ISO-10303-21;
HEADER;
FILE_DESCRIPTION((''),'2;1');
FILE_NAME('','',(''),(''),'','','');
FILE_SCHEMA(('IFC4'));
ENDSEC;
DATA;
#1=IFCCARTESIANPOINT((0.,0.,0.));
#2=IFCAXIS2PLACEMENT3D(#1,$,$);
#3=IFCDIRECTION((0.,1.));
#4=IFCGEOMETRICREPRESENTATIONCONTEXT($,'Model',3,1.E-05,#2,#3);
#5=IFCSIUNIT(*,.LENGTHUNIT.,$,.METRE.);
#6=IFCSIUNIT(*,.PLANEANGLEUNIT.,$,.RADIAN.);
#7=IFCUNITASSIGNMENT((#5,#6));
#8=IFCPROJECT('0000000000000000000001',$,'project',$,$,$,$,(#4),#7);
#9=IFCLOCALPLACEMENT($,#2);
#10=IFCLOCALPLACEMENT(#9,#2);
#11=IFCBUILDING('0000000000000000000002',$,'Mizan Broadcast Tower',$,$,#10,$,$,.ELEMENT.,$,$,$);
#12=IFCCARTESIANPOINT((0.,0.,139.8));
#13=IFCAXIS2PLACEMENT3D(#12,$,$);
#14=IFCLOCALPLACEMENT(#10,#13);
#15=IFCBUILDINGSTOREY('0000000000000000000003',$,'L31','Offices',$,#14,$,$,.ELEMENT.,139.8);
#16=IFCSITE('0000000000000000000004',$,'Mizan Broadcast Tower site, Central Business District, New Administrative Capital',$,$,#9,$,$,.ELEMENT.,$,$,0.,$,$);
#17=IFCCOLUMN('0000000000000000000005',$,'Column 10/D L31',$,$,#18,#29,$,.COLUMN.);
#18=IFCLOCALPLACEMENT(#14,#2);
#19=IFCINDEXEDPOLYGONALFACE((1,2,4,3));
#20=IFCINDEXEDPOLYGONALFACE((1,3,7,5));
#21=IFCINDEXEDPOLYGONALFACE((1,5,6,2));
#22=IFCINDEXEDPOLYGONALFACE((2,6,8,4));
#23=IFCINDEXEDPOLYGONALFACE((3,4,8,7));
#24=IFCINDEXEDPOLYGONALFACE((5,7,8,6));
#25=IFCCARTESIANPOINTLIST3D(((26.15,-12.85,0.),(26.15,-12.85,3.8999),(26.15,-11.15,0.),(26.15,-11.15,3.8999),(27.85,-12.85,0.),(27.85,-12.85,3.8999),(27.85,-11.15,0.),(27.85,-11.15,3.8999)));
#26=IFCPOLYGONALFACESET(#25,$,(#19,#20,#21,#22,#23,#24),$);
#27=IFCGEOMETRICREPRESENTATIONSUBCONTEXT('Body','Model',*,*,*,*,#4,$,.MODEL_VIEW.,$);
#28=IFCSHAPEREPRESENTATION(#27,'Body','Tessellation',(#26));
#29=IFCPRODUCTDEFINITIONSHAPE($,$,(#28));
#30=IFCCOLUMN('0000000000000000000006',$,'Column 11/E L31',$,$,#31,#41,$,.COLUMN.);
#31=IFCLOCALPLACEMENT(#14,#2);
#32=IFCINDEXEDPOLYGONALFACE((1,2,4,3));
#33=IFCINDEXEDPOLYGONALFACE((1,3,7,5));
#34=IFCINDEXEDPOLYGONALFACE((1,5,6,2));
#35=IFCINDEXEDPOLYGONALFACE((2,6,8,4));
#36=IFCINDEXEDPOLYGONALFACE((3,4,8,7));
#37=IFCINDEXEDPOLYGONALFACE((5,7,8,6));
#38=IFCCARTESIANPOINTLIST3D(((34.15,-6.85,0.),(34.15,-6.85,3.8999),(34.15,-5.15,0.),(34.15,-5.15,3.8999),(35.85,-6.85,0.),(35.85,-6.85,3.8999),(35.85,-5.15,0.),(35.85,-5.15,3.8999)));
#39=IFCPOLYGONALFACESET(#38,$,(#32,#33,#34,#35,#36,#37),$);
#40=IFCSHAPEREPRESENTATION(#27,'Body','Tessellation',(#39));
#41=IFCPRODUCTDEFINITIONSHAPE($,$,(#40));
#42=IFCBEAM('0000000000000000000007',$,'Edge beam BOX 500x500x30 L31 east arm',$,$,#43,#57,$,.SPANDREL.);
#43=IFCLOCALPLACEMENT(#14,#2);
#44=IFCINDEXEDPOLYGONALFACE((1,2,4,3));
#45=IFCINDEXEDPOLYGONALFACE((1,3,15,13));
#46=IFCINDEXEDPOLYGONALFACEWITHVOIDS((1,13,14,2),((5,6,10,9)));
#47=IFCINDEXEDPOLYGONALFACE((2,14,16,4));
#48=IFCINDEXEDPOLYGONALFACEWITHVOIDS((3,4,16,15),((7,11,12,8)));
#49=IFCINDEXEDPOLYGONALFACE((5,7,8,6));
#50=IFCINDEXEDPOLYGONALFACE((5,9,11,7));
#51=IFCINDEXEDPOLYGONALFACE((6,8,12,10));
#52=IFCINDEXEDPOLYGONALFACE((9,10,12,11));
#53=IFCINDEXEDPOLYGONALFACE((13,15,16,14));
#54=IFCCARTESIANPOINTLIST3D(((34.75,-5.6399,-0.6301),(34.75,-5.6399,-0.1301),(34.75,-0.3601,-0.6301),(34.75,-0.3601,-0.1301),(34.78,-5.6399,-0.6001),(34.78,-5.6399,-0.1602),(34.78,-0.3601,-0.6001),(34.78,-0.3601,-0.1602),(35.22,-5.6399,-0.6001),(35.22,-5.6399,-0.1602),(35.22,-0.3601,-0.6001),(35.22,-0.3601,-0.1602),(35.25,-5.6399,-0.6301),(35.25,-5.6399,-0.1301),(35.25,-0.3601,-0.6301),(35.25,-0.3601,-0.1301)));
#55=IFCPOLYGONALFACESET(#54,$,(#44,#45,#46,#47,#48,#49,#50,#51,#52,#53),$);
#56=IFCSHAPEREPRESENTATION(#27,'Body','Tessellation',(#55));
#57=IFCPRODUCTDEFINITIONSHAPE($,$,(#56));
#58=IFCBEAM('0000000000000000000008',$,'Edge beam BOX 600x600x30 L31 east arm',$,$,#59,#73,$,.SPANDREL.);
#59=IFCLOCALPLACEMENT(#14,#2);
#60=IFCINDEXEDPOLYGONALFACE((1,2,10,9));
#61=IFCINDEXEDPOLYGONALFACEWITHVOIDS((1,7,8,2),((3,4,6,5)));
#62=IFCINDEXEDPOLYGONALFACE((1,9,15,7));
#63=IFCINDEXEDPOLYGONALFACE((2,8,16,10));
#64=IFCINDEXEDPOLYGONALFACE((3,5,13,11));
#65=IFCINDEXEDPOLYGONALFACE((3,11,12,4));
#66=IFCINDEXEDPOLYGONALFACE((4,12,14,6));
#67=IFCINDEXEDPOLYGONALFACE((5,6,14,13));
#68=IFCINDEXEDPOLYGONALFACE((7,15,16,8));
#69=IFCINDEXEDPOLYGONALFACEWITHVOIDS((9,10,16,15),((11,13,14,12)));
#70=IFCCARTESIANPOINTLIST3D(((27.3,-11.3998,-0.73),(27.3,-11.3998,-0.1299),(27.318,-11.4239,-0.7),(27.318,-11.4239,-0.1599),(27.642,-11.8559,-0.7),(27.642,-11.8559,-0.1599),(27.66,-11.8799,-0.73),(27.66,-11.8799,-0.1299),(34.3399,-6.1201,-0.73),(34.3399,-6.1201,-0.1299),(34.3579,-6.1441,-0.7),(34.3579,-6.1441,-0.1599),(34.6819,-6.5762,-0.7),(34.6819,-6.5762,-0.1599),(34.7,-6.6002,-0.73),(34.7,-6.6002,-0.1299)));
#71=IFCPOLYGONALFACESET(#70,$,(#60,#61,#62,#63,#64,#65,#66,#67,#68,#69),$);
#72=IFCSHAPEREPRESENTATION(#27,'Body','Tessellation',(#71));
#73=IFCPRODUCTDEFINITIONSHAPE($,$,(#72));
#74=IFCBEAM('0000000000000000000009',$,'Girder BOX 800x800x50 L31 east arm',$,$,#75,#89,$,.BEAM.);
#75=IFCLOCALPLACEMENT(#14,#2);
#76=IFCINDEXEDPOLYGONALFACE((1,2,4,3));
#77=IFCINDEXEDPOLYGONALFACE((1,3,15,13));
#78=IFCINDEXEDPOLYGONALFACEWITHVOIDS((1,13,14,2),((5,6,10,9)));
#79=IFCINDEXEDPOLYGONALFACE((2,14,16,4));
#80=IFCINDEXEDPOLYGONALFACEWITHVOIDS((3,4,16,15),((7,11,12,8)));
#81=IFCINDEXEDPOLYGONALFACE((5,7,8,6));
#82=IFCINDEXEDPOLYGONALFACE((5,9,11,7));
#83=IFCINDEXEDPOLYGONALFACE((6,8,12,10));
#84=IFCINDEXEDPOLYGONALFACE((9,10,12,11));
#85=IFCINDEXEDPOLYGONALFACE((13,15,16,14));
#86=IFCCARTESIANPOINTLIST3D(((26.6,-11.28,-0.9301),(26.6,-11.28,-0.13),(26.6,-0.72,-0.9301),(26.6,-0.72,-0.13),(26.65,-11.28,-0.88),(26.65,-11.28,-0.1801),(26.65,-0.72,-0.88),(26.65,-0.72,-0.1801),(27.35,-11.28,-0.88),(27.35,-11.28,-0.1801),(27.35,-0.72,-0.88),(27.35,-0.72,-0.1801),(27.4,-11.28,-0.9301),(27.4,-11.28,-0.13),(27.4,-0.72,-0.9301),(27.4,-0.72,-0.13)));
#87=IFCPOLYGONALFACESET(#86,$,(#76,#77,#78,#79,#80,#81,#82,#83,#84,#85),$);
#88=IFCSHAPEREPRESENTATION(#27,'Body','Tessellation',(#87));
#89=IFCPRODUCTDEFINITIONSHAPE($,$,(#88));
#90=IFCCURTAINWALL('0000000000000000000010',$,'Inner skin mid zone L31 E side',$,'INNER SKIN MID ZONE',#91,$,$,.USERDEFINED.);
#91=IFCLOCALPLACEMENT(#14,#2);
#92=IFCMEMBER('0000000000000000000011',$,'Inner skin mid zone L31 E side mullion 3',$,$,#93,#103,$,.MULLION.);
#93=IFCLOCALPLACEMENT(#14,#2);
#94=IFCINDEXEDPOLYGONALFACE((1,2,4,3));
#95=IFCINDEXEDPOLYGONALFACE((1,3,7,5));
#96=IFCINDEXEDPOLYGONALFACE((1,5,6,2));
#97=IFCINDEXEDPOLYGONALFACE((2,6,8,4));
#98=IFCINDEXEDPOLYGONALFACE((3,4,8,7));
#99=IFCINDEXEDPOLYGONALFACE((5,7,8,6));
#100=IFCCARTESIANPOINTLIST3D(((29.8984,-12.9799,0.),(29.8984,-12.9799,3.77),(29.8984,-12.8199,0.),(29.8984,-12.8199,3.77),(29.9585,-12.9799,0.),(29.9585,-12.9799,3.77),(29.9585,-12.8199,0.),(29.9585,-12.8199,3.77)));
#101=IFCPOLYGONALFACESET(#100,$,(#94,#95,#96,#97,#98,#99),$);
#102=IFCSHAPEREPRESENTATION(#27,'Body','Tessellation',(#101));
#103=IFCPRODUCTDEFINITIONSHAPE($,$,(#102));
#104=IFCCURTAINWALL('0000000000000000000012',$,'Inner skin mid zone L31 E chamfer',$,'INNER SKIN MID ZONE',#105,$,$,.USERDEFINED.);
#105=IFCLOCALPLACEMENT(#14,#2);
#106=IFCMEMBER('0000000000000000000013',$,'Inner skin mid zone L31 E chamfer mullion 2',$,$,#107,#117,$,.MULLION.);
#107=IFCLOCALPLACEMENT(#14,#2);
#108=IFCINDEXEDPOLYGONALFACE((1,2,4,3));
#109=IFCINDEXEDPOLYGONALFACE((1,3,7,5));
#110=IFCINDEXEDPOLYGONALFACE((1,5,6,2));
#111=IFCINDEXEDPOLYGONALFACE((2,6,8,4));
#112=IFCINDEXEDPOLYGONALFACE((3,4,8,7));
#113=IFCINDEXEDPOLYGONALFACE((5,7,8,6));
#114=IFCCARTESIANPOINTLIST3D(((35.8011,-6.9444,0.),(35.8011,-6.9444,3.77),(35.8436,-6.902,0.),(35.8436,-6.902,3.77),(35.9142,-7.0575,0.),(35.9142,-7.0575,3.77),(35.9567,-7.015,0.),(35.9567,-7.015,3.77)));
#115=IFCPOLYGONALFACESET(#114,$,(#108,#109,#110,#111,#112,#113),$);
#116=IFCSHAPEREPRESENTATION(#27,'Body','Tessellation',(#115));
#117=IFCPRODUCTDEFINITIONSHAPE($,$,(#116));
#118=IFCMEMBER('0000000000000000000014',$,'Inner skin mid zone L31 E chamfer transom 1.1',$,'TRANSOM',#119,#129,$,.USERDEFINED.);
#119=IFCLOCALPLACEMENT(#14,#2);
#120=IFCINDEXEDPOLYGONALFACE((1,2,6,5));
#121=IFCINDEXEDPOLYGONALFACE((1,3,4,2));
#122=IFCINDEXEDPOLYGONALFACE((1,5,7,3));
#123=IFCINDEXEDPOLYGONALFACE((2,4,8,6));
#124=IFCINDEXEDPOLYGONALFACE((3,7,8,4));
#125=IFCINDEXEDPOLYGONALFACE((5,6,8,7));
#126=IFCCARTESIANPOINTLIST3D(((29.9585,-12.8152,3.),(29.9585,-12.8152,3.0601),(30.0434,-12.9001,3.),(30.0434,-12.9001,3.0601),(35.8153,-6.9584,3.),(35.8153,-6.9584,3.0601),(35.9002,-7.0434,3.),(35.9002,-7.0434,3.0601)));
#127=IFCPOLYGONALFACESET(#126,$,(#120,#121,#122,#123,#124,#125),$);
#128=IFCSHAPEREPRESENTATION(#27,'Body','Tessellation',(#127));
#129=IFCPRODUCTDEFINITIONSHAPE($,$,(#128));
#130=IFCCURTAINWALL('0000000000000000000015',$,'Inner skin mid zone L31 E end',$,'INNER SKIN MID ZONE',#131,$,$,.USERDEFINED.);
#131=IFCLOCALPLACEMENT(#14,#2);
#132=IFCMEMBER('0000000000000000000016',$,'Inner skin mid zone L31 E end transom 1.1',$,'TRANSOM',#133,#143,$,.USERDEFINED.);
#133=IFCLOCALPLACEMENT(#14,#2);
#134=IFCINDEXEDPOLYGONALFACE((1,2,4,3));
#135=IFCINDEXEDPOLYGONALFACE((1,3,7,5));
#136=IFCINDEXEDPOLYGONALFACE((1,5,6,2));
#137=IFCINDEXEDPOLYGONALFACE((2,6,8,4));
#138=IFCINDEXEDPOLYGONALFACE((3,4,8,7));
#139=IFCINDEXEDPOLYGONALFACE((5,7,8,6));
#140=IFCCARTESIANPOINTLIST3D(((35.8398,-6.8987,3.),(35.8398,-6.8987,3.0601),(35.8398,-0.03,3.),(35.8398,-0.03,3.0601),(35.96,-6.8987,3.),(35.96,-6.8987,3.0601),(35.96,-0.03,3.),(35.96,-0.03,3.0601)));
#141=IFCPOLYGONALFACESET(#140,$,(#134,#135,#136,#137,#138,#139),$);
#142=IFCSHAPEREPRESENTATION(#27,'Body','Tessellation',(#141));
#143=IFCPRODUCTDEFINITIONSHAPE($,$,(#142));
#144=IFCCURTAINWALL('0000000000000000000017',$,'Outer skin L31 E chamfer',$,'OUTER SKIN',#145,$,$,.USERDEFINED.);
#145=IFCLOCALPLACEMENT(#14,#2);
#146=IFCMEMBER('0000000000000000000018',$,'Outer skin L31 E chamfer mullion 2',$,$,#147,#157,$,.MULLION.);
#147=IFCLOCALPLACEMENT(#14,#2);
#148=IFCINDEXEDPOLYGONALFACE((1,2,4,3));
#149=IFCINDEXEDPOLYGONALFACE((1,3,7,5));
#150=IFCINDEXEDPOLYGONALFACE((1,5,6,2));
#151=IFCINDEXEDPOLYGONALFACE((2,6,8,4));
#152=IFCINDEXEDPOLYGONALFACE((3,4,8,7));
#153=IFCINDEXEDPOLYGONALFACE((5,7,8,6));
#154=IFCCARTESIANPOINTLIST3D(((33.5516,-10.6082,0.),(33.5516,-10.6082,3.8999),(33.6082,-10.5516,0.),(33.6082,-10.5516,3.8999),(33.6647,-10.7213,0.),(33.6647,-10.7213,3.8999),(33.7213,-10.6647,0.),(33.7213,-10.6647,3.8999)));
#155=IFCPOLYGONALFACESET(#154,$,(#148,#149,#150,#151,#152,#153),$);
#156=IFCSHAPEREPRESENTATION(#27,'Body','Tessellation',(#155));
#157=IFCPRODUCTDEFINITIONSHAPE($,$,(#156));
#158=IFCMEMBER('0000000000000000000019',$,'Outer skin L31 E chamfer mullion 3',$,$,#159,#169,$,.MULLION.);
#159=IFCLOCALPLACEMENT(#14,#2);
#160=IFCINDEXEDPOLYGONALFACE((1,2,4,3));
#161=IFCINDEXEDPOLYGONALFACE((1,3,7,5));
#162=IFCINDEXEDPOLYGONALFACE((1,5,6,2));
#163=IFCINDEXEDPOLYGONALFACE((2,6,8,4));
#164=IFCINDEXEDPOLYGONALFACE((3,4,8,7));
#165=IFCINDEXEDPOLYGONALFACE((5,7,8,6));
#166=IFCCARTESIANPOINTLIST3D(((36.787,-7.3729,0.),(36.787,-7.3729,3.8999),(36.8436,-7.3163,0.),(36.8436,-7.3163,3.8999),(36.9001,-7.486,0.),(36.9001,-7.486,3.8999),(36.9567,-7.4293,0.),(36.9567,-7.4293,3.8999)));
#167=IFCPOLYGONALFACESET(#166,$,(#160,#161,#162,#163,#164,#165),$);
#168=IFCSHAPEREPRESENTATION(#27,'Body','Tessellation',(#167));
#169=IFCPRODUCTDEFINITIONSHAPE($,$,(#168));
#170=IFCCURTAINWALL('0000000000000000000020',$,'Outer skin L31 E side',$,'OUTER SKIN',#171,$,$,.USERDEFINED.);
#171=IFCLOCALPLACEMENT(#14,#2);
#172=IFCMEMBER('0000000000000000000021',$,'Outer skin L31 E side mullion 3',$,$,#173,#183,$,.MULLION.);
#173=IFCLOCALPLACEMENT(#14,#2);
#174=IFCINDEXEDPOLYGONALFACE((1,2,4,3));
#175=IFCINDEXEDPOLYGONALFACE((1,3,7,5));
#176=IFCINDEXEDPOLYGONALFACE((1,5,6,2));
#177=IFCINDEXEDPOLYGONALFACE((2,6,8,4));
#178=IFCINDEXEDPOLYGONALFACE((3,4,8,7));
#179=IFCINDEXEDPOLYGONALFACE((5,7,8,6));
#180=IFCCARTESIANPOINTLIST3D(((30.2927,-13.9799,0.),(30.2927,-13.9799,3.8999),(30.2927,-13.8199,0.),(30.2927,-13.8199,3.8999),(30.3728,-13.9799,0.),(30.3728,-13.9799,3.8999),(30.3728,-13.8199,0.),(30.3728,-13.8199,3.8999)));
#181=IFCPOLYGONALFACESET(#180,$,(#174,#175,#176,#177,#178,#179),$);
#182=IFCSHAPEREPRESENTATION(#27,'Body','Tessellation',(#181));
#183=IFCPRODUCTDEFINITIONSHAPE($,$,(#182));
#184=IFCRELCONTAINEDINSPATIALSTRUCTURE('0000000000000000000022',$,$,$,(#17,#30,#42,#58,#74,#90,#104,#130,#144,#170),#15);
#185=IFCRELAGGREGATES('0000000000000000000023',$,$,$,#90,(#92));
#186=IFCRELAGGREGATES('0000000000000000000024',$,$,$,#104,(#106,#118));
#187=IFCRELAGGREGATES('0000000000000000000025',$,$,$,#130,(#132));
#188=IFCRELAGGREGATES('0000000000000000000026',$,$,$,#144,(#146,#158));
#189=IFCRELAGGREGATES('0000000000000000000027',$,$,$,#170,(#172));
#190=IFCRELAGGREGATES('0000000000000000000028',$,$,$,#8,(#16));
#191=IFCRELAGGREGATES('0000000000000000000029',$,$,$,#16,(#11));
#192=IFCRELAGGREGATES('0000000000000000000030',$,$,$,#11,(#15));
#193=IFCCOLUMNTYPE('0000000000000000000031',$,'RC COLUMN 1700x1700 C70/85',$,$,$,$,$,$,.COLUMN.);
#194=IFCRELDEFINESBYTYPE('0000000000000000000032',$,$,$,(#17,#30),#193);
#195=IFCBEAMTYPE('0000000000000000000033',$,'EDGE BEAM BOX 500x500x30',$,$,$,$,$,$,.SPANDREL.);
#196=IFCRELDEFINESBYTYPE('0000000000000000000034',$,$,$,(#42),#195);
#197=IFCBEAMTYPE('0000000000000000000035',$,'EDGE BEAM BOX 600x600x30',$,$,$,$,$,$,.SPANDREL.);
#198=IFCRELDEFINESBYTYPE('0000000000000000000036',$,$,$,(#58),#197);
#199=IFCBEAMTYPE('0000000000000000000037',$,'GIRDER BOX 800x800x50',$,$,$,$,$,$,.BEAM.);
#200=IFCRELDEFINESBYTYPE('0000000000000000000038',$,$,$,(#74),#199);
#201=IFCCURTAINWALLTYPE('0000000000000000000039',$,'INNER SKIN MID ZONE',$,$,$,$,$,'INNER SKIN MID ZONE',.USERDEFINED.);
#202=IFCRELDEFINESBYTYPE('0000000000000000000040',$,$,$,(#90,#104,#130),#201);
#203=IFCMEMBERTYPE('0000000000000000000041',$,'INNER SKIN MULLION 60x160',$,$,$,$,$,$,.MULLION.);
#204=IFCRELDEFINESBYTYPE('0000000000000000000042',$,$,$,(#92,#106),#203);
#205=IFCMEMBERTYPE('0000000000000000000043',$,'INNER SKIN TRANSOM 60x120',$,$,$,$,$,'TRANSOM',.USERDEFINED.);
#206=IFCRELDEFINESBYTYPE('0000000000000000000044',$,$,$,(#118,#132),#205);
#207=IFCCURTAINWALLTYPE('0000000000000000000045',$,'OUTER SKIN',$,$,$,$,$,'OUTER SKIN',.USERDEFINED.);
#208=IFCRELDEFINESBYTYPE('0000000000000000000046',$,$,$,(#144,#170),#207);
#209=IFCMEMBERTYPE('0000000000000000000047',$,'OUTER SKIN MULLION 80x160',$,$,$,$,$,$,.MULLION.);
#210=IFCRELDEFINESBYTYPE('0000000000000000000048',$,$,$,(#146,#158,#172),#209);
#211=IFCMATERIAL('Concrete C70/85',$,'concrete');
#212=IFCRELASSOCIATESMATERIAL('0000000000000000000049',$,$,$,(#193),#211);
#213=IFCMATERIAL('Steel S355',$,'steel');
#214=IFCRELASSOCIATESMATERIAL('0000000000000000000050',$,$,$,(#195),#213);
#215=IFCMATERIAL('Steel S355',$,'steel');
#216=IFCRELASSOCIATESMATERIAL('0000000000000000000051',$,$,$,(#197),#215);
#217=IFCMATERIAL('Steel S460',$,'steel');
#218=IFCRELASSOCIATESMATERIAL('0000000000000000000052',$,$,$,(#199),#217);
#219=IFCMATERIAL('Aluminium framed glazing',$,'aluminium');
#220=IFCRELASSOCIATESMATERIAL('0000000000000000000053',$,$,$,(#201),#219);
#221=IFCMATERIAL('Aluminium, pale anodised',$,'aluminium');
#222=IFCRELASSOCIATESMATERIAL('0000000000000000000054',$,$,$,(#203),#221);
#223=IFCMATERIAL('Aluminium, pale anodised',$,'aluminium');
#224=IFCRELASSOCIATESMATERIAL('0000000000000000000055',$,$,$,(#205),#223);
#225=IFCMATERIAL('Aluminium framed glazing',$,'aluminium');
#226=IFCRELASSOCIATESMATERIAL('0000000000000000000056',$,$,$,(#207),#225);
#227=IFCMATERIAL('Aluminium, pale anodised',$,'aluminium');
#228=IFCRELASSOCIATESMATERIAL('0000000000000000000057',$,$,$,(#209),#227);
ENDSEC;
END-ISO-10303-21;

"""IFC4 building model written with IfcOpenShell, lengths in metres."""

from ifc_helpers import new_model, si_unit, direction, frame, origin, origin_2d, place, context, subcontext, project, spatial, rectangle, hollow_rectangle, extrude, material, material_profile, profile_set, type_object, element, aggregate, save


model = new_model("IFC4")

# Units and contexts
model_context = context("Model", 3, precision=1e-05, world=origin(), true_north=direction((0.0, 1.0)))
body_context = subcontext(model_context, "Body", "Model", "MODEL_VIEW")
ifc_project = project(units=[si_unit("LENGTHUNIT", "METRE"), si_unit("PLANEANGLEUNIT", "RADIAN")], contexts=[model_context])

# Site, building, storey
site_placement = place(None, origin())
site = spatial("IfcSite", under=ifc_project, at=site_placement, Name="Mizan Broadcast Tower site, Central Business District, New Administrative Capital", CompositionType="ELEMENT", RefElevation=0.0)
building_placement = place(site_placement, origin())
building = spatial("IfcBuilding", under=site, at=building_placement, Name="Mizan Broadcast Tower", CompositionType="ELEMENT")
storey_placement = place(building_placement, frame((0.0, 0.0, 139.8)))
storey = spatial("IfcBuildingStorey", under=building, at=storey_placement, Name="L31", Description="Offices", CompositionType="ELEMENT", Elevation=139.8)

# Columns
ifc_material_1 = material(Name="Concrete C70/85", Category="concrete")
ifc_material_profile_1 = material_profile(ifc_material_1, rectangle(XDim=1.7, YDim=1.7, at=origin_2d()), Name="RC 1700x1700")
ifc_profile_set_1 = profile_set([ifc_material_profile_1], Name="Concrete C70/85")
column_type = type_object("IfcColumnType", Name="RC COLUMN 1700x1700 C70/85", PredefinedType="COLUMN", material=ifc_profile_set_1)
for number, where, z_axis, x_axis, name in (
    (1, (27.0, -12.0, 0.0), (0.0, 0.0, 1.0), (1.0, 0.0, 0.0), "Column 10/D L31"),
    (2, (35.0, -6.0, 0.0), (0.0, 0.0, 1.0), (1.0, 0.0, 0.0), "Column 11/E L31"),
):
    element("IfcColumn", number, at=place(storey_placement, frame(where, z_axis=z_axis, x_axis=x_axis)), inside=storey, type_object=column_type, Name=name, PredefinedType="COLUMN", context=body_context, shape_type="SweptSolid", body=[
        extrude(rectangle(XDim=1.7, YDim=1.7, at=origin_2d()), origin(), (0.0, 0.0, 1.0), 3.8999),
    ])

# Beams
ifc_material_2 = material(Name="Steel S355", Category="steel")
ifc_material_profile_2 = material_profile(ifc_material_2, hollow_rectangle(XDim=0.5, YDim=0.5, WallThickness=0.03, at=origin_2d()), Name="BOX 500x500x30")
ifc_profile_set_2 = profile_set([ifc_material_profile_2], Name="Steel S355")
beam_type_1 = type_object("IfcBeamType", Name="EDGE BEAM BOX 500x500x30", PredefinedType="SPANDREL", material=ifc_profile_set_2)
beam_1_placement = place(storey_placement, frame((35.0, -5.6399, -0.3801), z_axis=(0.0, 1.0, 0.0), x_axis=(-1.0, 0.0, 0.0)))
element("IfcBeam", 3, at=beam_1_placement, inside=storey, type_object=beam_type_1, Name="Edge beam BOX 500x500x30 L31 east arm", PredefinedType="SPANDREL", context=body_context, shape_type="SweptSolid", body=[
    extrude(hollow_rectangle(XDim=0.5, YDim=0.5, WallThickness=0.03, at=origin_2d()), origin(), (0.0, 0.0, 1.0), 5.2798),
])
ifc_material_3 = material(Name="Steel S355", Category="steel")
ifc_material_profile_3 = material_profile(ifc_material_3, hollow_rectangle(XDim=0.6001, YDim=0.6001, WallThickness=0.03, at=origin_2d()), Name="BOX 600x600x30")
ifc_profile_set_3 = profile_set([ifc_material_profile_3], Name="Steel S355")
beam_type_2 = type_object("IfcBeamType", Name="EDGE BEAM BOX 600x600x30", PredefinedType="SPANDREL", material=ifc_profile_set_3)
beam_2_placement = place(storey_placement, frame((27.48, -11.6399, -0.4299), z_axis=(0.800013, 0.599982, 0.0), x_axis=(-0.599982, 0.800013, 0.0)))
element("IfcBeam", 4, at=beam_2_placement, inside=storey, type_object=beam_type_2, Name="Edge beam BOX 600x600x30 L31 east arm", PredefinedType="SPANDREL", context=body_context, shape_type="SweptSolid", body=[
    extrude(hollow_rectangle(XDim=0.6001, YDim=0.6001, WallThickness=0.03, at=origin_2d()), origin(), (0.0, 0.0, 1.0), 8.7998),
])
ifc_material_4 = material(Name="Steel S460", Category="steel")
ifc_material_profile_4 = material_profile(ifc_material_4, hollow_rectangle(XDim=0.8, YDim=0.8, WallThickness=0.05, at=origin_2d()), Name="BOX 800x800x50")
ifc_profile_set_4 = profile_set([ifc_material_profile_4], Name="Steel S460")
beam_type_3 = type_object("IfcBeamType", Name="GIRDER BOX 800x800x50", PredefinedType="BEAM", material=ifc_profile_set_4)
beam_3_placement = place(storey_placement, frame((27.0, -11.28, -0.53), z_axis=(0.0, 1.0, 0.0), x_axis=(-1.0, 0.0, 0.0)))
element("IfcBeam", 5, at=beam_3_placement, inside=storey, type_object=beam_type_3, Name="Girder BOX 800x800x50 L31 east arm", PredefinedType="BEAM", context=body_context, shape_type="SweptSolid", body=[
    extrude(hollow_rectangle(XDim=0.8, YDim=0.8, WallThickness=0.05, at=origin_2d()), origin(), (0.0, 0.0, 1.0), 10.5601),
])

# Curtain wall, member
ifc_material_5 = material(Name="Aluminium framed glazing", Category="aluminium")
curtain_wall_type_1 = type_object("IfcCurtainWallType", Name="INNER SKIN MID ZONE", ElementType="INNER SKIN MID ZONE", PredefinedType="USERDEFINED", material=ifc_material_5)
curtain_wall_1_placement = place(storey_placement, origin())
curtain_wall_1 = element("IfcCurtainWall", 6, at=curtain_wall_1_placement, inside=storey, type_object=curtain_wall_type_1, Name="Inner skin mid zone L31 E side", ObjectType="INNER SKIN MID ZONE", PredefinedType="USERDEFINED")
ifc_material_6 = material(Name="Aluminium, pale anodised", Category="aluminium")
ifc_material_profile_5 = material_profile(ifc_material_6, rectangle(XDim=0.1599, YDim=0.0601, at=origin_2d()), Name="MULLION 160x60")
ifc_profile_set_5 = profile_set([ifc_material_profile_5], Name="Aluminium, pale anodised")
member_type_1 = type_object("IfcMemberType", Name="INNER SKIN MULLION 60x160", PredefinedType="MULLION", material=ifc_profile_set_5)
member_1_placement = place(storey_placement, frame((29.9285, -12.8999, 0.0), z_axis=(0.0, 0.0, 1.0), x_axis=(0.0, 1.0, 0.0)))
member_1 = element("IfcMember", 7, at=member_1_placement, type_object=member_type_1, Name="Inner skin mid zone L31 E side mullion 3", PredefinedType="MULLION", context=body_context, shape_type="SweptSolid", body=[
    extrude(rectangle(XDim=0.1599, YDim=0.0601, at=origin_2d()), origin(), (0.0, 0.0, 1.0), 3.77),
])

# Curtain wall, members
curtain_wall_2_placement = place(storey_placement, origin())
curtain_wall_2 = element("IfcCurtainWall", 8, at=curtain_wall_2_placement, inside=storey, type_object=curtain_wall_type_1, Name="Inner skin mid zone L31 E chamfer", ObjectType="INNER SKIN MID ZONE", PredefinedType="USERDEFINED")
member_2_placement = place(storey_placement, frame((35.8789, -6.9797, 0.0), z_axis=(0.0, 0.0, 1.0), x_axis=(-0.707107, 0.707107, 0.0)))
member_2 = element("IfcMember", 9, at=member_2_placement, type_object=member_type_1, Name="Inner skin mid zone L31 E chamfer mullion 2", PredefinedType="MULLION", context=body_context, shape_type="SweptSolid", body=[
    extrude(rectangle(XDim=0.1599, YDim=0.0601, at=origin_2d()), origin(), (0.0, 0.0, 1.0), 3.77),
])
ifc_material_7 = material(Name="Aluminium, pale anodised", Category="aluminium")
ifc_material_profile_6 = material_profile(ifc_material_7, rectangle(XDim=0.1201, YDim=0.0601, at=origin_2d()), Name="TRANSOM 120x60")
ifc_profile_set_6 = profile_set([ifc_material_profile_6], Name="Aluminium, pale anodised")
member_type_2 = type_object("IfcMemberType", Name="INNER SKIN TRANSOM 60x120", ElementType="TRANSOM", PredefinedType="USERDEFINED", material=ifc_profile_set_6)
member_3_placement = place(storey_placement, frame((30.001, -12.8577, 3.03), z_axis=(0.707107, 0.707107, 0.0), x_axis=(-0.707107, 0.707107, 0.0)))
member_3 = element("IfcMember", 10, at=member_3_placement, type_object=member_type_2, Name="Inner skin mid zone L31 E chamfer transom 1.1", ObjectType="TRANSOM", PredefinedType="USERDEFINED", context=body_context, shape_type="SweptSolid", body=[
    extrude(rectangle(XDim=0.1201, YDim=0.0601, at=origin_2d()), origin(), (0.0, 0.0, 1.0), 8.2827),
])

# Curtain wall, member
curtain_wall_3_placement = place(storey_placement, origin())
curtain_wall_3 = element("IfcCurtainWall", 11, at=curtain_wall_3_placement, inside=storey, type_object=curtain_wall_type_1, Name="Inner skin mid zone L31 E end", ObjectType="INNER SKIN MID ZONE", PredefinedType="USERDEFINED")
member_4_placement = place(storey_placement, frame((35.8999, -6.8987, 3.03), z_axis=(0.0, 1.0, 0.0), x_axis=(-1.0, 0.0, 0.0)))
member_4 = element("IfcMember", 12, at=member_4_placement, type_object=member_type_2, Name="Inner skin mid zone L31 E end transom 1.1", ObjectType="TRANSOM", PredefinedType="USERDEFINED", context=body_context, shape_type="SweptSolid", body=[
    extrude(rectangle(XDim=0.1201, YDim=0.0601, at=origin_2d()), origin(), (0.0, 0.0, 1.0), 6.8687),
])

# Curtain wall, members
ifc_material_8 = material(Name="Aluminium framed glazing", Category="aluminium")
curtain_wall_type_2 = type_object("IfcCurtainWallType", Name="OUTER SKIN", ElementType="OUTER SKIN", PredefinedType="USERDEFINED", material=ifc_material_8)
curtain_wall_4_placement = place(storey_placement, origin())
curtain_wall_4 = element("IfcCurtainWall", 13, at=curtain_wall_4_placement, inside=storey, type_object=curtain_wall_type_2, Name="Outer skin L31 E chamfer", ObjectType="OUTER SKIN", PredefinedType="USERDEFINED")
ifc_material_9 = material(Name="Aluminium, pale anodised", Category="aluminium")
ifc_material_profile_7 = material_profile(ifc_material_9, rectangle(XDim=0.1599, YDim=0.0801, at=origin_2d()), Name="MULLION 160x80")
ifc_profile_set_7 = profile_set([ifc_material_profile_7], Name="Aluminium, pale anodised")
member_type_3 = type_object("IfcMemberType", Name="OUTER SKIN MULLION 80x160", PredefinedType="MULLION", material=ifc_profile_set_7)
member_5_placement = place(storey_placement, frame((33.6365, -10.6365, 0.0), z_axis=(0.0, 0.0, 1.0), x_axis=(-0.707107, 0.707107, 0.0)))
member_5 = element("IfcMember", 14, at=member_5_placement, type_object=member_type_3, Name="Outer skin L31 E chamfer mullion 2", PredefinedType="MULLION", context=body_context, shape_type="SweptSolid", body=[
    extrude(rectangle(XDim=0.1599, YDim=0.0801, at=origin_2d()), origin(), (0.0, 0.0, 1.0), 3.8999),
])
member_6_placement = place(storey_placement, frame((36.8718, -7.4011, 0.0), z_axis=(0.0, 0.0, 1.0), x_axis=(-0.707107, 0.707107, 0.0)))
member_6 = element("IfcMember", 15, at=member_6_placement, type_object=member_type_3, Name="Outer skin L31 E chamfer mullion 3", PredefinedType="MULLION", context=body_context, shape_type="SweptSolid", body=[
    extrude(rectangle(XDim=0.1599, YDim=0.0801, at=origin_2d()), origin(), (0.0, 0.0, 1.0), 3.8999),
])

# Curtain wall, member
curtain_wall_5_placement = place(storey_placement, origin())
curtain_wall_5 = element("IfcCurtainWall", 16, at=curtain_wall_5_placement, inside=storey, type_object=curtain_wall_type_2, Name="Outer skin L31 E side", ObjectType="OUTER SKIN", PredefinedType="USERDEFINED")
member_7_placement = place(storey_placement, frame((30.3328, -13.8999, 0.0), z_axis=(0.0, 0.0, 1.0), x_axis=(0.0, 1.0, 0.0)))
member_7 = element("IfcMember", 17, at=member_7_placement, type_object=member_type_3, Name="Outer skin L31 E side mullion 3", PredefinedType="MULLION", context=body_context, shape_type="SweptSolid", body=[
    extrude(rectangle(XDim=0.1599, YDim=0.0801, at=origin_2d()), origin(), (0.0, 0.0, 1.0), 3.8999),
])

aggregate(curtain_wall_1, [member_1])
aggregate(curtain_wall_2, [member_2, member_3])
aggregate(curtain_wall_3, [member_4])
aggregate(curtain_wall_4, [member_5, member_6])
aggregate(curtain_wall_5, [member_7])

save(model, "model.ifc")
